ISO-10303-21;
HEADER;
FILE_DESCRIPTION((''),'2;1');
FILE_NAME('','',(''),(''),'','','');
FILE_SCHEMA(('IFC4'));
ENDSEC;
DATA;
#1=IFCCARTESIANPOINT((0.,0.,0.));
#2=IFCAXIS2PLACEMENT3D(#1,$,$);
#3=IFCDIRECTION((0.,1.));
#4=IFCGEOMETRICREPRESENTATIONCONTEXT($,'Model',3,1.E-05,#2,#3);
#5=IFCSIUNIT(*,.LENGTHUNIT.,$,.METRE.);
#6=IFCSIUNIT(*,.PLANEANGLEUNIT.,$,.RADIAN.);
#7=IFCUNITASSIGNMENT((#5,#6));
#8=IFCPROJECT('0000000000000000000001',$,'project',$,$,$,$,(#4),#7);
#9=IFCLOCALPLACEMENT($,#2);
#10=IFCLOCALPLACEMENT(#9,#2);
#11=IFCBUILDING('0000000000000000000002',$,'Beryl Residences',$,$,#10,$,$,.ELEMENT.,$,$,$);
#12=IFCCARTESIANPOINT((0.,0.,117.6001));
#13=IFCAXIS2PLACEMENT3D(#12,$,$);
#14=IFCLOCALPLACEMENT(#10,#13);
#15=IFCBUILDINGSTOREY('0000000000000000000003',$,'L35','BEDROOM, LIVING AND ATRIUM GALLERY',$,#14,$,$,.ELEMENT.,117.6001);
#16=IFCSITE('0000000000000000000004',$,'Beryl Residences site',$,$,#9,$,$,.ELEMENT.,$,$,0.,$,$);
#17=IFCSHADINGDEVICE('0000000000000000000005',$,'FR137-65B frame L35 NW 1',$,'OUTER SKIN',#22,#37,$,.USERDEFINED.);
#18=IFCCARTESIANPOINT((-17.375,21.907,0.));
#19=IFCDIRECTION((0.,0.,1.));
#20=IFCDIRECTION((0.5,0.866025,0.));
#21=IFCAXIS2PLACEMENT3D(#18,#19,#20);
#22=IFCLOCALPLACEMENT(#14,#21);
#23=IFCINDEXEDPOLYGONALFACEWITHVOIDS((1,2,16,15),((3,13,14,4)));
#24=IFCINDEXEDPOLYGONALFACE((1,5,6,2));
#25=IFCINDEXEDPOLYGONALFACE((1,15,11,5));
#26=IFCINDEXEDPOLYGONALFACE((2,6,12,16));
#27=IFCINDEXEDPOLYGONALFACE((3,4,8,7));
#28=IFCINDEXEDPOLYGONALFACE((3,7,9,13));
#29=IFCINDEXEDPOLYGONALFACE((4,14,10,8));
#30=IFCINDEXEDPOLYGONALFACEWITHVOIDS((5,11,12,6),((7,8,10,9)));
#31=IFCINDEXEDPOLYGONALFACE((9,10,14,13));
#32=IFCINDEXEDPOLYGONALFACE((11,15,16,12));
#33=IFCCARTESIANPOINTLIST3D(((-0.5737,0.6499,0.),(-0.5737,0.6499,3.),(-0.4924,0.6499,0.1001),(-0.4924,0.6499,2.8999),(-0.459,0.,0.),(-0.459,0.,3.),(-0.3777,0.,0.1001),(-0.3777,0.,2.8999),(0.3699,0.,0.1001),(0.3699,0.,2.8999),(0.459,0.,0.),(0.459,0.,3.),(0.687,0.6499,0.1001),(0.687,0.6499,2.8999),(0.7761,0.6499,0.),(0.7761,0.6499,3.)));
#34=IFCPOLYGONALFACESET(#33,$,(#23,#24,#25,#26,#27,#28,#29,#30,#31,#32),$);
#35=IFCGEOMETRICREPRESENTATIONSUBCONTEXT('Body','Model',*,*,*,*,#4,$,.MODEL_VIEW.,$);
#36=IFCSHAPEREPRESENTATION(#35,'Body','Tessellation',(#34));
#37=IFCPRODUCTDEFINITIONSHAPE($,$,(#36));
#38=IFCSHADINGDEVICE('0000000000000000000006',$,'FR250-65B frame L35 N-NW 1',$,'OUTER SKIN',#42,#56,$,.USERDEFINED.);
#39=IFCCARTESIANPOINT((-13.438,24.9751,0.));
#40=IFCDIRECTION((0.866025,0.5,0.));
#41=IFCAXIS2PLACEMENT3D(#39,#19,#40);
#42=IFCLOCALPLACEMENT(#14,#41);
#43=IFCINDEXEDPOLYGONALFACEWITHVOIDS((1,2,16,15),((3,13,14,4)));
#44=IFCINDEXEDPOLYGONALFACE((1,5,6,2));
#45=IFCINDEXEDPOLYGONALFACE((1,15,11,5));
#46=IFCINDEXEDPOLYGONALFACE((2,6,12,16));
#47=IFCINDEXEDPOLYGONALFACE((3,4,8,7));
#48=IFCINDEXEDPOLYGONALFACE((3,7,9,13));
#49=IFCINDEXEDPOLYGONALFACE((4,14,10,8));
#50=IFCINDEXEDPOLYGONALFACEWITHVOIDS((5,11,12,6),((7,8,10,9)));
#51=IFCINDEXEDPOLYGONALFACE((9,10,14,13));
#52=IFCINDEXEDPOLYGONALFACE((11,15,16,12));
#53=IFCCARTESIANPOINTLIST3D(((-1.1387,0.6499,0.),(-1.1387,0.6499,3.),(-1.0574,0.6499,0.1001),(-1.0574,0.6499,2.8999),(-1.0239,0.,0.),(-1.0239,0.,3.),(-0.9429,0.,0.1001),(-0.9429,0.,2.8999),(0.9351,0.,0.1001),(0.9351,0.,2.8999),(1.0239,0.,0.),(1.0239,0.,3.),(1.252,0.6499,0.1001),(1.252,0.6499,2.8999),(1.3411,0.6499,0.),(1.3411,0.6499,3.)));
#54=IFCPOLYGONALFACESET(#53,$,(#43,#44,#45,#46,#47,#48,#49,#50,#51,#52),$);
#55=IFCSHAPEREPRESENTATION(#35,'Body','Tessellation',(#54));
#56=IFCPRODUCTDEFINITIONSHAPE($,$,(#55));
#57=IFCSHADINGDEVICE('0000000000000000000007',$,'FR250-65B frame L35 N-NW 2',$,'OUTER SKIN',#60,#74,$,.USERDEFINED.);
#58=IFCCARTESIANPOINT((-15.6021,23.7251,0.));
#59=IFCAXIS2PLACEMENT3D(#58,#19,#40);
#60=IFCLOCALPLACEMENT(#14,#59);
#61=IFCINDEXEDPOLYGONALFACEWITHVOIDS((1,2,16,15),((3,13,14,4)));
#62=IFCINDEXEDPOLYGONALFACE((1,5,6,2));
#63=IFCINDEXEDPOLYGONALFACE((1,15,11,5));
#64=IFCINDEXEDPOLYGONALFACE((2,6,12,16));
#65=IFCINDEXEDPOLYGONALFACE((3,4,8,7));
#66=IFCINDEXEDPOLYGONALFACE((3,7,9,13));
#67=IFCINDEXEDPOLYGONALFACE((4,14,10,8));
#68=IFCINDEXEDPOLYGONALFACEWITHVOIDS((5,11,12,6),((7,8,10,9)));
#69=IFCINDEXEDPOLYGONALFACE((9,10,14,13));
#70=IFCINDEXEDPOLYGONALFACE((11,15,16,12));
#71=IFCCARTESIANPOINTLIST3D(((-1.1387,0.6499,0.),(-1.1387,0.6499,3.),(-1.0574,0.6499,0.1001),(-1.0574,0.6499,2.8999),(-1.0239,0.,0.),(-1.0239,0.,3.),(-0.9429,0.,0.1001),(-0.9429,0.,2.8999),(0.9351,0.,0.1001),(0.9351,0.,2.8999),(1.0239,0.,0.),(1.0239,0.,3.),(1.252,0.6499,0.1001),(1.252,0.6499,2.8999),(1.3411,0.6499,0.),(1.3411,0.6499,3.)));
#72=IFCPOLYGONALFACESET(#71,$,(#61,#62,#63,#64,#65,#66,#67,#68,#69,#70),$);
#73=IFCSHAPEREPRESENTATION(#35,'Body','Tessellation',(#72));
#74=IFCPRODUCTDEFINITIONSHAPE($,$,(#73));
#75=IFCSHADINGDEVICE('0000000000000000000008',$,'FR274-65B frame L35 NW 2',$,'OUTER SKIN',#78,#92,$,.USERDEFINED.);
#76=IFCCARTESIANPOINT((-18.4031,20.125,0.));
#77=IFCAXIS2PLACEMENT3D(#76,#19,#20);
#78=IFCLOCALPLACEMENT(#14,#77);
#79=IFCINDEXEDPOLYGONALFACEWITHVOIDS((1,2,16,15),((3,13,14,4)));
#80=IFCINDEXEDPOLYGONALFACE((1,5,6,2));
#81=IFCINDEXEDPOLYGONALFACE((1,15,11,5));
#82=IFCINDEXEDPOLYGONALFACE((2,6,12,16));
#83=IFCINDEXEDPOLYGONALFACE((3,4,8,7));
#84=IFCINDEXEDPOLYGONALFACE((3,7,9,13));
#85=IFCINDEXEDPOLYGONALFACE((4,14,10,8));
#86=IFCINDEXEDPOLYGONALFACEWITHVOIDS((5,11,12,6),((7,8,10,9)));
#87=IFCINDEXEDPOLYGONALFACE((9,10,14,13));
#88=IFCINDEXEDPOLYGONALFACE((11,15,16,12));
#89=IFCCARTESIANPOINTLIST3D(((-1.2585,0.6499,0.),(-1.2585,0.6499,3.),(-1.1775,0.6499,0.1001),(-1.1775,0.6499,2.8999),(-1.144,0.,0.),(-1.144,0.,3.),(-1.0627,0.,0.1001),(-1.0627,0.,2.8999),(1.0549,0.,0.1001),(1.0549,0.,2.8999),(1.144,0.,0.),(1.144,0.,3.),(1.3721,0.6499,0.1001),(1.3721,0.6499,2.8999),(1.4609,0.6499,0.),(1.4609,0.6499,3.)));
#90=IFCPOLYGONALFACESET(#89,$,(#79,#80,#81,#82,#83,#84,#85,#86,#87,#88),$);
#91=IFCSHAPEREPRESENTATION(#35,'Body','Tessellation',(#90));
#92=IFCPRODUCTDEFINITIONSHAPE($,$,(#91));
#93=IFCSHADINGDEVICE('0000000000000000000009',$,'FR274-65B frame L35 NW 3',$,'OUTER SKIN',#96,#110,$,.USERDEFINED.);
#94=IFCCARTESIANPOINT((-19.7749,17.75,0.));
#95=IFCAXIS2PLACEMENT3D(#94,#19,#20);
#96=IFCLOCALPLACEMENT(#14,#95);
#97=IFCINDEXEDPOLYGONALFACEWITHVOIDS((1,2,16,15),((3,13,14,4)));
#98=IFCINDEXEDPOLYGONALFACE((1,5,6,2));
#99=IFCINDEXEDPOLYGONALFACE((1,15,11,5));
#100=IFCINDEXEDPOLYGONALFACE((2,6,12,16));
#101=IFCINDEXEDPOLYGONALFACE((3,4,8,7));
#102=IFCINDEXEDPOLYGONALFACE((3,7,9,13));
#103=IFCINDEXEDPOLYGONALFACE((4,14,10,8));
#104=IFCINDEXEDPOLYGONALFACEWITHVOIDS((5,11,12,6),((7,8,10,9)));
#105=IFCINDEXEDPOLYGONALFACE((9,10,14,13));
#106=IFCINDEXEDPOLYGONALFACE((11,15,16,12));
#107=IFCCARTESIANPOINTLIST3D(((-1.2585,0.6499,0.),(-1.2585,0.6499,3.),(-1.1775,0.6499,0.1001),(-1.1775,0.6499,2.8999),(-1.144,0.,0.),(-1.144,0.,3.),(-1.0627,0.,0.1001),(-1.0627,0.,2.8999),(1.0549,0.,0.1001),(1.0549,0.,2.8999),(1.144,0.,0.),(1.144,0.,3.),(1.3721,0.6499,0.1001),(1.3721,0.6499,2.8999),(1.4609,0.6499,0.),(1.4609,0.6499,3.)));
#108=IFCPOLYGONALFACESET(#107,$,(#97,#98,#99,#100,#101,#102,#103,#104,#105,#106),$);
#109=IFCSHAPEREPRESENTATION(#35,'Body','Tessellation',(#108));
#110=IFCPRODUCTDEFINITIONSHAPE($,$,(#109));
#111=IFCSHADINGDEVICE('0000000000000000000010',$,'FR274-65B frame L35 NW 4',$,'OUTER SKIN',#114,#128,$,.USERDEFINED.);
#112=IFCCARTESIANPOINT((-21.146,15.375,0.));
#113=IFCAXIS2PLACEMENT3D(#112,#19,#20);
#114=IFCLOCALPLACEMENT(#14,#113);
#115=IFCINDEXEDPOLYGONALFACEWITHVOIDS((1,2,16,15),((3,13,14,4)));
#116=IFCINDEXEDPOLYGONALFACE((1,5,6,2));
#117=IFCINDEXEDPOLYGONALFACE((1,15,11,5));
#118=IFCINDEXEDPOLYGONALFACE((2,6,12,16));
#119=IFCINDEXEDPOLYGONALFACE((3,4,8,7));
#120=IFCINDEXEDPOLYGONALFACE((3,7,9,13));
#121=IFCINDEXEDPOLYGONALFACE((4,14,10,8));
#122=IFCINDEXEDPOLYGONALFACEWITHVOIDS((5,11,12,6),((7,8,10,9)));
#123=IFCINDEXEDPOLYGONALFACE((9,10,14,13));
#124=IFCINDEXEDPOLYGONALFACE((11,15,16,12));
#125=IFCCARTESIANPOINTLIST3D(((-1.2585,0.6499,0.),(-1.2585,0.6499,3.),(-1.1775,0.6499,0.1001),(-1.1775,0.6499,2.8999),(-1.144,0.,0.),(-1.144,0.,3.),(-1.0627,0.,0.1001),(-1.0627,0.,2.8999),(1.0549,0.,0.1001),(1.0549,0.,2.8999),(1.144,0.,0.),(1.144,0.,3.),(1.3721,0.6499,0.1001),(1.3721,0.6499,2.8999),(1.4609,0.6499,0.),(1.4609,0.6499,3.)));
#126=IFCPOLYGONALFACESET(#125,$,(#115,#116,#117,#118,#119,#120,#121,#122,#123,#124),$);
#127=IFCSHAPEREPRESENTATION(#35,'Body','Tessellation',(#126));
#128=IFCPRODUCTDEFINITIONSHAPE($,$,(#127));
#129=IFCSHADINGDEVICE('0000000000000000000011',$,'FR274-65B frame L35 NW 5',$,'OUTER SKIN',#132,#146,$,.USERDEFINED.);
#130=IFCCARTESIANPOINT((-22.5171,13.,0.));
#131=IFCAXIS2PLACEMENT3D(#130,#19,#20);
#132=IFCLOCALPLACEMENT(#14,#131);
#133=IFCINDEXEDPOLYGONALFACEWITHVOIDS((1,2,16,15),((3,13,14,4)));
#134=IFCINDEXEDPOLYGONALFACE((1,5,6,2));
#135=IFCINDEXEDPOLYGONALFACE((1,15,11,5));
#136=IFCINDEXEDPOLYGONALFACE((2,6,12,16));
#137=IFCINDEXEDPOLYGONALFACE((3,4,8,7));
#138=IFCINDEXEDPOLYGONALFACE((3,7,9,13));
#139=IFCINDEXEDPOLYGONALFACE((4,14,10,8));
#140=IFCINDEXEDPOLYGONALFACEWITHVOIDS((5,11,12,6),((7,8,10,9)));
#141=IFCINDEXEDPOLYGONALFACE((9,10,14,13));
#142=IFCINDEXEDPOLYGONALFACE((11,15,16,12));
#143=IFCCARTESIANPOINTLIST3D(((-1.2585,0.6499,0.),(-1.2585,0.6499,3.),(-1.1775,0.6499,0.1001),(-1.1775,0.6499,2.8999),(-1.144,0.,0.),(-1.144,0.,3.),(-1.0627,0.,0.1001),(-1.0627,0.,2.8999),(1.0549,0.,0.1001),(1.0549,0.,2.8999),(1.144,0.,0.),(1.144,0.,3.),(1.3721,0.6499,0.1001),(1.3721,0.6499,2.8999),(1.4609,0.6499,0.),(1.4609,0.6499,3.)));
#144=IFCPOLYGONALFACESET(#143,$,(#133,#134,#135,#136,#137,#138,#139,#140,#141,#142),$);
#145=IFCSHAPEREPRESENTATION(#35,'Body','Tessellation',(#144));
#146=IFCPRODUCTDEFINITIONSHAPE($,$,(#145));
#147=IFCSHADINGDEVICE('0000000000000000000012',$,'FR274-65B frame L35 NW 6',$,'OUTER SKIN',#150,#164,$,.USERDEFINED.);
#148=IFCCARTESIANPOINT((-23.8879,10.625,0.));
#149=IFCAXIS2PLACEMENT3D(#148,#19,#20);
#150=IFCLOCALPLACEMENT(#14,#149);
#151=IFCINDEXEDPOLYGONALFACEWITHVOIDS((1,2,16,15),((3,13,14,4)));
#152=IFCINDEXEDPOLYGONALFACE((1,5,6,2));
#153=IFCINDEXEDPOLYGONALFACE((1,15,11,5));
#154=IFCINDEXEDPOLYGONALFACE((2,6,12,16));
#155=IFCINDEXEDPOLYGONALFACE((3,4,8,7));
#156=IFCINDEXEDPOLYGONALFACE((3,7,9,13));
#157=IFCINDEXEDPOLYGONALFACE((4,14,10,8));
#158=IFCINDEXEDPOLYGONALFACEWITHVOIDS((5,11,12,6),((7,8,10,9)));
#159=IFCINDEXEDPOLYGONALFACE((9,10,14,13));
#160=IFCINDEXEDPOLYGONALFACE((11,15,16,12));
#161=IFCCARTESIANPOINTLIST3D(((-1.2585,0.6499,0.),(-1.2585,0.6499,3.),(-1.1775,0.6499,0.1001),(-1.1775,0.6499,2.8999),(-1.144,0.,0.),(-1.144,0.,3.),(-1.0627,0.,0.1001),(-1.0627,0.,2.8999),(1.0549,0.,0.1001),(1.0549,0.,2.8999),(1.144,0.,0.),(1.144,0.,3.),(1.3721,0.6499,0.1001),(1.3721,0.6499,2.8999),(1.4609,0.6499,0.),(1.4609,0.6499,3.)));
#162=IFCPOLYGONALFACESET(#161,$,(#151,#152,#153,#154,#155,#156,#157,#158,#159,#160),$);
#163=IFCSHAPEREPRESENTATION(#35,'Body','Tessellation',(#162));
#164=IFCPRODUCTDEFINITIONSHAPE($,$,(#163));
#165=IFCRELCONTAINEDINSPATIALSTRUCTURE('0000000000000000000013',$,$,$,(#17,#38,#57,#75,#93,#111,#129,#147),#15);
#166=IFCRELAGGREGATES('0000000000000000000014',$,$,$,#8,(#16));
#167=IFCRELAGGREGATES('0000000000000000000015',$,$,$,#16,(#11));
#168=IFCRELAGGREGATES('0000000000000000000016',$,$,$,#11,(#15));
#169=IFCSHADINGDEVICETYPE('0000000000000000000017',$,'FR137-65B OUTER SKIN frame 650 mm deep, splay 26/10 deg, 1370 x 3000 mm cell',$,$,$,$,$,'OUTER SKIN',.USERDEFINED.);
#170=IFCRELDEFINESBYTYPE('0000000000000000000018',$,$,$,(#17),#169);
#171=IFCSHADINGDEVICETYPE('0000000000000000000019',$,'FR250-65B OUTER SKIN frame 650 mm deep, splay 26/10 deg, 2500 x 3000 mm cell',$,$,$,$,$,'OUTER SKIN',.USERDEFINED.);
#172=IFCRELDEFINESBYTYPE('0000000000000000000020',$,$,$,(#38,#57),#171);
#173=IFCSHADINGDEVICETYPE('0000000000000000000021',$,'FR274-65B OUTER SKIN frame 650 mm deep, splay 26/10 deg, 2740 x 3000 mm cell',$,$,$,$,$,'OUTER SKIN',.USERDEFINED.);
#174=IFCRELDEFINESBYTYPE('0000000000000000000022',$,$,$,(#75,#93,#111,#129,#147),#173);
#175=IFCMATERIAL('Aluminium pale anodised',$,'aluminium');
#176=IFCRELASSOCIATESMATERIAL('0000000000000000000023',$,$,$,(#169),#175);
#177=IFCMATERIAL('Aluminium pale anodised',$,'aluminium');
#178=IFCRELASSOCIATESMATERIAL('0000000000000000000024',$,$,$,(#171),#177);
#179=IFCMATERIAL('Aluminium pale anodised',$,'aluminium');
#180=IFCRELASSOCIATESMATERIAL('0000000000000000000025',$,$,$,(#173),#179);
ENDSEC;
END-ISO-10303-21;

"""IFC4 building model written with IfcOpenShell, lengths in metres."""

from ifc_helpers import new_model, entity, si_unit, direction, frame, origin, place, context, subcontext, project, spatial, source, transform, mapped, material, type_object, type_shapes, element, save


model = new_model("IFC4")

# Units and contexts
model_context = context("Model", 3, precision=1e-05, world=origin(), true_north=direction((0.0, 1.0)))
body_context = subcontext(model_context, "Body", "Model", "MODEL_VIEW")
ifc_project = project(units=[si_unit("LENGTHUNIT", "METRE"), si_unit("PLANEANGLEUNIT", "RADIAN")], contexts=[model_context])

# Site, building, storey
site_placement = place(None, origin())
site = spatial("IfcSite", under=ifc_project, at=site_placement, Name="Beryl Residences site", CompositionType="ELEMENT", RefElevation=0.0)
building_placement = place(site_placement, origin())
building = spatial("IfcBuilding", under=site, at=building_placement, Name="Beryl Residences", CompositionType="ELEMENT")
storey_placement = place(building_placement, frame((0.0, 0.0, 117.6001)))
storey = spatial("IfcBuildingStorey", under=building, at=storey_placement, Name="L35", Description="BEDROOM, LIVING AND ATRIUM GALLERY", CompositionType="ELEMENT", Elevation=117.6001)

# Shading devices
ifc_material_1 = material(Name="Aluminium pale anodised", Category="aluminium")
shading_device_type_1 = type_object("IfcShadingDeviceType", Name="FR137-65B OUTER SKIN frame 650 mm deep, splay 26/10 deg, 1370 x 3000 mm cell", ElementType="OUTER SKIN", PredefinedType="USERDEFINED", material=ifc_material_1)
cartesian_point_1 = entity("IfcCartesianPoint", [-0.459, 0.0])
cartesian_point_2 = entity("IfcCartesianPoint", [-0.3699, 0.1001])
cartesian_point_3 = entity("IfcCartesianPoint", [-0.7761, 0.0])
cartesian_point_4 = entity("IfcCartesianPoint", [-0.687, 0.1001])
shared_shape_1 = source(origin(), body_context, "Body", "SweptSolid", [
    entity("IfcExtrudedAreaSolidTapered", entity("IfcArbitraryProfileDefWithVoids", "AREA", None, entity("IfcPolyline", [cartesian_point_1, entity("IfcCartesianPoint", [0.459, 0.0]), entity("IfcCartesianPoint", [0.459, 3.0]), entity("IfcCartesianPoint", [-0.459, 3.0]), cartesian_point_1]), [entity("IfcPolyline", [cartesian_point_2, entity("IfcCartesianPoint", [0.3777, 0.1001]), entity("IfcCartesianPoint", [0.3777, 2.8999]), entity("IfcCartesianPoint", [-0.3699, 2.8999]), cartesian_point_2])]), entity("IfcAxis2Placement3D", entity("IfcCartesianPoint", [0.0, 0.0, 0.0]), entity("IfcDirection", [0.0, 1.0, 0.0]), entity("IfcDirection", [-1.0, 0.0, 0.0])), entity("IfcDirection", [0.0, 0.0, 1.0]), 0.6499, entity("IfcArbitraryProfileDefWithVoids", "AREA", None, entity("IfcPolyline", [cartesian_point_3, entity("IfcCartesianPoint", [0.5737, 0.0]), entity("IfcCartesianPoint", [0.5737, 3.0]), entity("IfcCartesianPoint", [-0.7761, 3.0]), cartesian_point_3]), [entity("IfcPolyline", [cartesian_point_4, entity("IfcCartesianPoint", [0.4924, 0.1001]), entity("IfcCartesianPoint", [0.4924, 2.8999]), entity("IfcCartesianPoint", [-0.687, 2.8999]), cartesian_point_4])])),
])
type_shapes(shading_device_type_1, [shared_shape_1])
shading_device_placement = place(storey_placement, frame((-17.375, 21.907, 0.0), z_axis=(0.0, 0.0, 1.0), x_axis=(0.5, 0.866025, 0.0)))
element("IfcShadingDevice", 1, at=shading_device_placement, inside=storey, type_object=shading_device_type_1, Name="FR137-65B frame L35 NW 1", ObjectType="OUTER SKIN", PredefinedType="USERDEFINED", context=body_context, shape_type="MappedRepresentation", body=[
    mapped(shared_shape_1, transform((0.0, 0.0, 0.0))),
])
ifc_material_2 = material(Name="Aluminium pale anodised", Category="aluminium")
shading_device_type_2 = type_object("IfcShadingDeviceType", Name="FR250-65B OUTER SKIN frame 650 mm deep, splay 26/10 deg, 2500 x 3000 mm cell", ElementType="OUTER SKIN", PredefinedType="USERDEFINED", material=ifc_material_2)
cartesian_point_5 = entity("IfcCartesianPoint", [-1.0239, 0.0])
cartesian_point_6 = entity("IfcCartesianPoint", [-0.9351, 0.1001])
cartesian_point_7 = entity("IfcCartesianPoint", [-1.3411, 0.0])
cartesian_point_8 = entity("IfcCartesianPoint", [-1.252, 0.1001])
shared_shape_2 = source(origin(), body_context, "Body", "SweptSolid", [
    entity("IfcExtrudedAreaSolidTapered", entity("IfcArbitraryProfileDefWithVoids", "AREA", None, entity("IfcPolyline", [cartesian_point_5, entity("IfcCartesianPoint", [1.0239, 0.0]), entity("IfcCartesianPoint", [1.0239, 3.0]), entity("IfcCartesianPoint", [-1.0239, 3.0]), cartesian_point_5]), [entity("IfcPolyline", [cartesian_point_6, entity("IfcCartesianPoint", [0.9429, 0.1001]), entity("IfcCartesianPoint", [0.9429, 2.8999]), entity("IfcCartesianPoint", [-0.9351, 2.8999]), cartesian_point_6])]), entity("IfcAxis2Placement3D", entity("IfcCartesianPoint", [0.0, 0.0, 0.0]), entity("IfcDirection", [0.0, 1.0, 0.0]), entity("IfcDirection", [-1.0, 0.0, 0.0])), entity("IfcDirection", [0.0, 0.0, 1.0]), 0.6499, entity("IfcArbitraryProfileDefWithVoids", "AREA", None, entity("IfcPolyline", [cartesian_point_7, entity("IfcCartesianPoint", [1.1387, 0.0]), entity("IfcCartesianPoint", [1.1387, 3.0]), entity("IfcCartesianPoint", [-1.3411, 3.0]), cartesian_point_7]), [entity("IfcPolyline", [cartesian_point_8, entity("IfcCartesianPoint", [1.0574, 0.1001]), entity("IfcCartesianPoint", [1.0574, 2.8999]), entity("IfcCartesianPoint", [-1.252, 2.8999]), cartesian_point_8])])),
])
type_shapes(shading_device_type_2, [shared_shape_2])
for number, where, z_axis, x_axis, name in (
    (2, (-13.438, 24.9751, 0.0), (0.0, 0.0, 1.0), (0.866025, 0.5, 0.0), "FR250-65B frame L35 N-NW 1"),
    (3, (-15.6021, 23.7251, 0.0), (0.0, 0.0, 1.0), (0.866025, 0.5, 0.0), "FR250-65B frame L35 N-NW 2"),
):
    element("IfcShadingDevice", number, at=place(storey_placement, frame(where, z_axis=z_axis, x_axis=x_axis)), inside=storey, type_object=shading_device_type_2, Name=name, ObjectType="OUTER SKIN", PredefinedType="USERDEFINED", context=body_context, shape_type="MappedRepresentation", body=[
        mapped(shared_shape_2, transform((0.0, 0.0, 0.0))),
    ])
ifc_material_3 = material(Name="Aluminium pale anodised", Category="aluminium")
shading_device_type_3 = type_object("IfcShadingDeviceType", Name="FR274-65B OUTER SKIN frame 650 mm deep, splay 26/10 deg, 2740 x 3000 mm cell", ElementType="OUTER SKIN", PredefinedType="USERDEFINED", material=ifc_material_3)
cartesian_point_9 = entity("IfcCartesianPoint", [-1.144, 0.0])
cartesian_point_10 = entity("IfcCartesianPoint", [-1.0549, 0.1001])
cartesian_point_11 = entity("IfcCartesianPoint", [-1.4609, 0.0])
cartesian_point_12 = entity("IfcCartesianPoint", [-1.3721, 0.1001])
shared_shape_3 = source(origin(), body_context, "Body", "SweptSolid", [
    entity("IfcExtrudedAreaSolidTapered", entity("IfcArbitraryProfileDefWithVoids", "AREA", None, entity("IfcPolyline", [cartesian_point_9, entity("IfcCartesianPoint", [1.144, 0.0]), entity("IfcCartesianPoint", [1.144, 3.0]), entity("IfcCartesianPoint", [-1.144, 3.0]), cartesian_point_9]), [entity("IfcPolyline", [cartesian_point_10, entity("IfcCartesianPoint", [1.0627, 0.1001]), entity("IfcCartesianPoint", [1.0627, 2.8999]), entity("IfcCartesianPoint", [-1.0549, 2.8999]), cartesian_point_10])]), entity("IfcAxis2Placement3D", entity("IfcCartesianPoint", [0.0, 0.0, 0.0]), entity("IfcDirection", [0.0, 1.0, 0.0]), entity("IfcDirection", [-1.0, 0.0, 0.0])), entity("IfcDirection", [0.0, 0.0, 1.0]), 0.6499, entity("IfcArbitraryProfileDefWithVoids", "AREA", None, entity("IfcPolyline", [cartesian_point_11, entity("IfcCartesianPoint", [1.2585, 0.0]), entity("IfcCartesianPoint", [1.2585, 3.0]), entity("IfcCartesianPoint", [-1.4609, 3.0]), cartesian_point_11]), [entity("IfcPolyline", [cartesian_point_12, entity("IfcCartesianPoint", [1.1775, 0.1001]), entity("IfcCartesianPoint", [1.1775, 2.8999]), entity("IfcCartesianPoint", [-1.3721, 2.8999]), cartesian_point_12])])),
])
type_shapes(shading_device_type_3, [shared_shape_3])
for number, where, z_axis, x_axis, name in (
    (4, (-18.4031, 20.125, 0.0), (0.0, 0.0, 1.0), (0.5, 0.866025, 0.0), "FR274-65B frame L35 NW 2"),
    (5, (-19.7749, 17.75, 0.0), (0.0, 0.0, 1.0), (0.5, 0.866025, 0.0), "FR274-65B frame L35 NW 3"),
    (6, (-21.146, 15.375, 0.0), (0.0, 0.0, 1.0), (0.5, 0.866025, 0.0), "FR274-65B frame L35 NW 4"),
    (7, (-22.5171, 13.0, 0.0), (0.0, 0.0, 1.0), (0.5, 0.866025, 0.0), "FR274-65B frame L35 NW 5"),
    (8, (-23.8879, 10.625, 0.0), (0.0, 0.0, 1.0), (0.5, 0.866025, 0.0), "FR274-65B frame L35 NW 6"),
):
    element("IfcShadingDevice", number, at=place(storey_placement, frame(where, z_axis=z_axis, x_axis=x_axis)), inside=storey, type_object=shading_device_type_3, Name=name, ObjectType="OUTER SKIN", PredefinedType="USERDEFINED", context=body_context, shape_type="MappedRepresentation", body=[
        mapped(shared_shape_3, transform((0.0, 0.0, 0.0))),
    ])

save(model, "model.ifc")
